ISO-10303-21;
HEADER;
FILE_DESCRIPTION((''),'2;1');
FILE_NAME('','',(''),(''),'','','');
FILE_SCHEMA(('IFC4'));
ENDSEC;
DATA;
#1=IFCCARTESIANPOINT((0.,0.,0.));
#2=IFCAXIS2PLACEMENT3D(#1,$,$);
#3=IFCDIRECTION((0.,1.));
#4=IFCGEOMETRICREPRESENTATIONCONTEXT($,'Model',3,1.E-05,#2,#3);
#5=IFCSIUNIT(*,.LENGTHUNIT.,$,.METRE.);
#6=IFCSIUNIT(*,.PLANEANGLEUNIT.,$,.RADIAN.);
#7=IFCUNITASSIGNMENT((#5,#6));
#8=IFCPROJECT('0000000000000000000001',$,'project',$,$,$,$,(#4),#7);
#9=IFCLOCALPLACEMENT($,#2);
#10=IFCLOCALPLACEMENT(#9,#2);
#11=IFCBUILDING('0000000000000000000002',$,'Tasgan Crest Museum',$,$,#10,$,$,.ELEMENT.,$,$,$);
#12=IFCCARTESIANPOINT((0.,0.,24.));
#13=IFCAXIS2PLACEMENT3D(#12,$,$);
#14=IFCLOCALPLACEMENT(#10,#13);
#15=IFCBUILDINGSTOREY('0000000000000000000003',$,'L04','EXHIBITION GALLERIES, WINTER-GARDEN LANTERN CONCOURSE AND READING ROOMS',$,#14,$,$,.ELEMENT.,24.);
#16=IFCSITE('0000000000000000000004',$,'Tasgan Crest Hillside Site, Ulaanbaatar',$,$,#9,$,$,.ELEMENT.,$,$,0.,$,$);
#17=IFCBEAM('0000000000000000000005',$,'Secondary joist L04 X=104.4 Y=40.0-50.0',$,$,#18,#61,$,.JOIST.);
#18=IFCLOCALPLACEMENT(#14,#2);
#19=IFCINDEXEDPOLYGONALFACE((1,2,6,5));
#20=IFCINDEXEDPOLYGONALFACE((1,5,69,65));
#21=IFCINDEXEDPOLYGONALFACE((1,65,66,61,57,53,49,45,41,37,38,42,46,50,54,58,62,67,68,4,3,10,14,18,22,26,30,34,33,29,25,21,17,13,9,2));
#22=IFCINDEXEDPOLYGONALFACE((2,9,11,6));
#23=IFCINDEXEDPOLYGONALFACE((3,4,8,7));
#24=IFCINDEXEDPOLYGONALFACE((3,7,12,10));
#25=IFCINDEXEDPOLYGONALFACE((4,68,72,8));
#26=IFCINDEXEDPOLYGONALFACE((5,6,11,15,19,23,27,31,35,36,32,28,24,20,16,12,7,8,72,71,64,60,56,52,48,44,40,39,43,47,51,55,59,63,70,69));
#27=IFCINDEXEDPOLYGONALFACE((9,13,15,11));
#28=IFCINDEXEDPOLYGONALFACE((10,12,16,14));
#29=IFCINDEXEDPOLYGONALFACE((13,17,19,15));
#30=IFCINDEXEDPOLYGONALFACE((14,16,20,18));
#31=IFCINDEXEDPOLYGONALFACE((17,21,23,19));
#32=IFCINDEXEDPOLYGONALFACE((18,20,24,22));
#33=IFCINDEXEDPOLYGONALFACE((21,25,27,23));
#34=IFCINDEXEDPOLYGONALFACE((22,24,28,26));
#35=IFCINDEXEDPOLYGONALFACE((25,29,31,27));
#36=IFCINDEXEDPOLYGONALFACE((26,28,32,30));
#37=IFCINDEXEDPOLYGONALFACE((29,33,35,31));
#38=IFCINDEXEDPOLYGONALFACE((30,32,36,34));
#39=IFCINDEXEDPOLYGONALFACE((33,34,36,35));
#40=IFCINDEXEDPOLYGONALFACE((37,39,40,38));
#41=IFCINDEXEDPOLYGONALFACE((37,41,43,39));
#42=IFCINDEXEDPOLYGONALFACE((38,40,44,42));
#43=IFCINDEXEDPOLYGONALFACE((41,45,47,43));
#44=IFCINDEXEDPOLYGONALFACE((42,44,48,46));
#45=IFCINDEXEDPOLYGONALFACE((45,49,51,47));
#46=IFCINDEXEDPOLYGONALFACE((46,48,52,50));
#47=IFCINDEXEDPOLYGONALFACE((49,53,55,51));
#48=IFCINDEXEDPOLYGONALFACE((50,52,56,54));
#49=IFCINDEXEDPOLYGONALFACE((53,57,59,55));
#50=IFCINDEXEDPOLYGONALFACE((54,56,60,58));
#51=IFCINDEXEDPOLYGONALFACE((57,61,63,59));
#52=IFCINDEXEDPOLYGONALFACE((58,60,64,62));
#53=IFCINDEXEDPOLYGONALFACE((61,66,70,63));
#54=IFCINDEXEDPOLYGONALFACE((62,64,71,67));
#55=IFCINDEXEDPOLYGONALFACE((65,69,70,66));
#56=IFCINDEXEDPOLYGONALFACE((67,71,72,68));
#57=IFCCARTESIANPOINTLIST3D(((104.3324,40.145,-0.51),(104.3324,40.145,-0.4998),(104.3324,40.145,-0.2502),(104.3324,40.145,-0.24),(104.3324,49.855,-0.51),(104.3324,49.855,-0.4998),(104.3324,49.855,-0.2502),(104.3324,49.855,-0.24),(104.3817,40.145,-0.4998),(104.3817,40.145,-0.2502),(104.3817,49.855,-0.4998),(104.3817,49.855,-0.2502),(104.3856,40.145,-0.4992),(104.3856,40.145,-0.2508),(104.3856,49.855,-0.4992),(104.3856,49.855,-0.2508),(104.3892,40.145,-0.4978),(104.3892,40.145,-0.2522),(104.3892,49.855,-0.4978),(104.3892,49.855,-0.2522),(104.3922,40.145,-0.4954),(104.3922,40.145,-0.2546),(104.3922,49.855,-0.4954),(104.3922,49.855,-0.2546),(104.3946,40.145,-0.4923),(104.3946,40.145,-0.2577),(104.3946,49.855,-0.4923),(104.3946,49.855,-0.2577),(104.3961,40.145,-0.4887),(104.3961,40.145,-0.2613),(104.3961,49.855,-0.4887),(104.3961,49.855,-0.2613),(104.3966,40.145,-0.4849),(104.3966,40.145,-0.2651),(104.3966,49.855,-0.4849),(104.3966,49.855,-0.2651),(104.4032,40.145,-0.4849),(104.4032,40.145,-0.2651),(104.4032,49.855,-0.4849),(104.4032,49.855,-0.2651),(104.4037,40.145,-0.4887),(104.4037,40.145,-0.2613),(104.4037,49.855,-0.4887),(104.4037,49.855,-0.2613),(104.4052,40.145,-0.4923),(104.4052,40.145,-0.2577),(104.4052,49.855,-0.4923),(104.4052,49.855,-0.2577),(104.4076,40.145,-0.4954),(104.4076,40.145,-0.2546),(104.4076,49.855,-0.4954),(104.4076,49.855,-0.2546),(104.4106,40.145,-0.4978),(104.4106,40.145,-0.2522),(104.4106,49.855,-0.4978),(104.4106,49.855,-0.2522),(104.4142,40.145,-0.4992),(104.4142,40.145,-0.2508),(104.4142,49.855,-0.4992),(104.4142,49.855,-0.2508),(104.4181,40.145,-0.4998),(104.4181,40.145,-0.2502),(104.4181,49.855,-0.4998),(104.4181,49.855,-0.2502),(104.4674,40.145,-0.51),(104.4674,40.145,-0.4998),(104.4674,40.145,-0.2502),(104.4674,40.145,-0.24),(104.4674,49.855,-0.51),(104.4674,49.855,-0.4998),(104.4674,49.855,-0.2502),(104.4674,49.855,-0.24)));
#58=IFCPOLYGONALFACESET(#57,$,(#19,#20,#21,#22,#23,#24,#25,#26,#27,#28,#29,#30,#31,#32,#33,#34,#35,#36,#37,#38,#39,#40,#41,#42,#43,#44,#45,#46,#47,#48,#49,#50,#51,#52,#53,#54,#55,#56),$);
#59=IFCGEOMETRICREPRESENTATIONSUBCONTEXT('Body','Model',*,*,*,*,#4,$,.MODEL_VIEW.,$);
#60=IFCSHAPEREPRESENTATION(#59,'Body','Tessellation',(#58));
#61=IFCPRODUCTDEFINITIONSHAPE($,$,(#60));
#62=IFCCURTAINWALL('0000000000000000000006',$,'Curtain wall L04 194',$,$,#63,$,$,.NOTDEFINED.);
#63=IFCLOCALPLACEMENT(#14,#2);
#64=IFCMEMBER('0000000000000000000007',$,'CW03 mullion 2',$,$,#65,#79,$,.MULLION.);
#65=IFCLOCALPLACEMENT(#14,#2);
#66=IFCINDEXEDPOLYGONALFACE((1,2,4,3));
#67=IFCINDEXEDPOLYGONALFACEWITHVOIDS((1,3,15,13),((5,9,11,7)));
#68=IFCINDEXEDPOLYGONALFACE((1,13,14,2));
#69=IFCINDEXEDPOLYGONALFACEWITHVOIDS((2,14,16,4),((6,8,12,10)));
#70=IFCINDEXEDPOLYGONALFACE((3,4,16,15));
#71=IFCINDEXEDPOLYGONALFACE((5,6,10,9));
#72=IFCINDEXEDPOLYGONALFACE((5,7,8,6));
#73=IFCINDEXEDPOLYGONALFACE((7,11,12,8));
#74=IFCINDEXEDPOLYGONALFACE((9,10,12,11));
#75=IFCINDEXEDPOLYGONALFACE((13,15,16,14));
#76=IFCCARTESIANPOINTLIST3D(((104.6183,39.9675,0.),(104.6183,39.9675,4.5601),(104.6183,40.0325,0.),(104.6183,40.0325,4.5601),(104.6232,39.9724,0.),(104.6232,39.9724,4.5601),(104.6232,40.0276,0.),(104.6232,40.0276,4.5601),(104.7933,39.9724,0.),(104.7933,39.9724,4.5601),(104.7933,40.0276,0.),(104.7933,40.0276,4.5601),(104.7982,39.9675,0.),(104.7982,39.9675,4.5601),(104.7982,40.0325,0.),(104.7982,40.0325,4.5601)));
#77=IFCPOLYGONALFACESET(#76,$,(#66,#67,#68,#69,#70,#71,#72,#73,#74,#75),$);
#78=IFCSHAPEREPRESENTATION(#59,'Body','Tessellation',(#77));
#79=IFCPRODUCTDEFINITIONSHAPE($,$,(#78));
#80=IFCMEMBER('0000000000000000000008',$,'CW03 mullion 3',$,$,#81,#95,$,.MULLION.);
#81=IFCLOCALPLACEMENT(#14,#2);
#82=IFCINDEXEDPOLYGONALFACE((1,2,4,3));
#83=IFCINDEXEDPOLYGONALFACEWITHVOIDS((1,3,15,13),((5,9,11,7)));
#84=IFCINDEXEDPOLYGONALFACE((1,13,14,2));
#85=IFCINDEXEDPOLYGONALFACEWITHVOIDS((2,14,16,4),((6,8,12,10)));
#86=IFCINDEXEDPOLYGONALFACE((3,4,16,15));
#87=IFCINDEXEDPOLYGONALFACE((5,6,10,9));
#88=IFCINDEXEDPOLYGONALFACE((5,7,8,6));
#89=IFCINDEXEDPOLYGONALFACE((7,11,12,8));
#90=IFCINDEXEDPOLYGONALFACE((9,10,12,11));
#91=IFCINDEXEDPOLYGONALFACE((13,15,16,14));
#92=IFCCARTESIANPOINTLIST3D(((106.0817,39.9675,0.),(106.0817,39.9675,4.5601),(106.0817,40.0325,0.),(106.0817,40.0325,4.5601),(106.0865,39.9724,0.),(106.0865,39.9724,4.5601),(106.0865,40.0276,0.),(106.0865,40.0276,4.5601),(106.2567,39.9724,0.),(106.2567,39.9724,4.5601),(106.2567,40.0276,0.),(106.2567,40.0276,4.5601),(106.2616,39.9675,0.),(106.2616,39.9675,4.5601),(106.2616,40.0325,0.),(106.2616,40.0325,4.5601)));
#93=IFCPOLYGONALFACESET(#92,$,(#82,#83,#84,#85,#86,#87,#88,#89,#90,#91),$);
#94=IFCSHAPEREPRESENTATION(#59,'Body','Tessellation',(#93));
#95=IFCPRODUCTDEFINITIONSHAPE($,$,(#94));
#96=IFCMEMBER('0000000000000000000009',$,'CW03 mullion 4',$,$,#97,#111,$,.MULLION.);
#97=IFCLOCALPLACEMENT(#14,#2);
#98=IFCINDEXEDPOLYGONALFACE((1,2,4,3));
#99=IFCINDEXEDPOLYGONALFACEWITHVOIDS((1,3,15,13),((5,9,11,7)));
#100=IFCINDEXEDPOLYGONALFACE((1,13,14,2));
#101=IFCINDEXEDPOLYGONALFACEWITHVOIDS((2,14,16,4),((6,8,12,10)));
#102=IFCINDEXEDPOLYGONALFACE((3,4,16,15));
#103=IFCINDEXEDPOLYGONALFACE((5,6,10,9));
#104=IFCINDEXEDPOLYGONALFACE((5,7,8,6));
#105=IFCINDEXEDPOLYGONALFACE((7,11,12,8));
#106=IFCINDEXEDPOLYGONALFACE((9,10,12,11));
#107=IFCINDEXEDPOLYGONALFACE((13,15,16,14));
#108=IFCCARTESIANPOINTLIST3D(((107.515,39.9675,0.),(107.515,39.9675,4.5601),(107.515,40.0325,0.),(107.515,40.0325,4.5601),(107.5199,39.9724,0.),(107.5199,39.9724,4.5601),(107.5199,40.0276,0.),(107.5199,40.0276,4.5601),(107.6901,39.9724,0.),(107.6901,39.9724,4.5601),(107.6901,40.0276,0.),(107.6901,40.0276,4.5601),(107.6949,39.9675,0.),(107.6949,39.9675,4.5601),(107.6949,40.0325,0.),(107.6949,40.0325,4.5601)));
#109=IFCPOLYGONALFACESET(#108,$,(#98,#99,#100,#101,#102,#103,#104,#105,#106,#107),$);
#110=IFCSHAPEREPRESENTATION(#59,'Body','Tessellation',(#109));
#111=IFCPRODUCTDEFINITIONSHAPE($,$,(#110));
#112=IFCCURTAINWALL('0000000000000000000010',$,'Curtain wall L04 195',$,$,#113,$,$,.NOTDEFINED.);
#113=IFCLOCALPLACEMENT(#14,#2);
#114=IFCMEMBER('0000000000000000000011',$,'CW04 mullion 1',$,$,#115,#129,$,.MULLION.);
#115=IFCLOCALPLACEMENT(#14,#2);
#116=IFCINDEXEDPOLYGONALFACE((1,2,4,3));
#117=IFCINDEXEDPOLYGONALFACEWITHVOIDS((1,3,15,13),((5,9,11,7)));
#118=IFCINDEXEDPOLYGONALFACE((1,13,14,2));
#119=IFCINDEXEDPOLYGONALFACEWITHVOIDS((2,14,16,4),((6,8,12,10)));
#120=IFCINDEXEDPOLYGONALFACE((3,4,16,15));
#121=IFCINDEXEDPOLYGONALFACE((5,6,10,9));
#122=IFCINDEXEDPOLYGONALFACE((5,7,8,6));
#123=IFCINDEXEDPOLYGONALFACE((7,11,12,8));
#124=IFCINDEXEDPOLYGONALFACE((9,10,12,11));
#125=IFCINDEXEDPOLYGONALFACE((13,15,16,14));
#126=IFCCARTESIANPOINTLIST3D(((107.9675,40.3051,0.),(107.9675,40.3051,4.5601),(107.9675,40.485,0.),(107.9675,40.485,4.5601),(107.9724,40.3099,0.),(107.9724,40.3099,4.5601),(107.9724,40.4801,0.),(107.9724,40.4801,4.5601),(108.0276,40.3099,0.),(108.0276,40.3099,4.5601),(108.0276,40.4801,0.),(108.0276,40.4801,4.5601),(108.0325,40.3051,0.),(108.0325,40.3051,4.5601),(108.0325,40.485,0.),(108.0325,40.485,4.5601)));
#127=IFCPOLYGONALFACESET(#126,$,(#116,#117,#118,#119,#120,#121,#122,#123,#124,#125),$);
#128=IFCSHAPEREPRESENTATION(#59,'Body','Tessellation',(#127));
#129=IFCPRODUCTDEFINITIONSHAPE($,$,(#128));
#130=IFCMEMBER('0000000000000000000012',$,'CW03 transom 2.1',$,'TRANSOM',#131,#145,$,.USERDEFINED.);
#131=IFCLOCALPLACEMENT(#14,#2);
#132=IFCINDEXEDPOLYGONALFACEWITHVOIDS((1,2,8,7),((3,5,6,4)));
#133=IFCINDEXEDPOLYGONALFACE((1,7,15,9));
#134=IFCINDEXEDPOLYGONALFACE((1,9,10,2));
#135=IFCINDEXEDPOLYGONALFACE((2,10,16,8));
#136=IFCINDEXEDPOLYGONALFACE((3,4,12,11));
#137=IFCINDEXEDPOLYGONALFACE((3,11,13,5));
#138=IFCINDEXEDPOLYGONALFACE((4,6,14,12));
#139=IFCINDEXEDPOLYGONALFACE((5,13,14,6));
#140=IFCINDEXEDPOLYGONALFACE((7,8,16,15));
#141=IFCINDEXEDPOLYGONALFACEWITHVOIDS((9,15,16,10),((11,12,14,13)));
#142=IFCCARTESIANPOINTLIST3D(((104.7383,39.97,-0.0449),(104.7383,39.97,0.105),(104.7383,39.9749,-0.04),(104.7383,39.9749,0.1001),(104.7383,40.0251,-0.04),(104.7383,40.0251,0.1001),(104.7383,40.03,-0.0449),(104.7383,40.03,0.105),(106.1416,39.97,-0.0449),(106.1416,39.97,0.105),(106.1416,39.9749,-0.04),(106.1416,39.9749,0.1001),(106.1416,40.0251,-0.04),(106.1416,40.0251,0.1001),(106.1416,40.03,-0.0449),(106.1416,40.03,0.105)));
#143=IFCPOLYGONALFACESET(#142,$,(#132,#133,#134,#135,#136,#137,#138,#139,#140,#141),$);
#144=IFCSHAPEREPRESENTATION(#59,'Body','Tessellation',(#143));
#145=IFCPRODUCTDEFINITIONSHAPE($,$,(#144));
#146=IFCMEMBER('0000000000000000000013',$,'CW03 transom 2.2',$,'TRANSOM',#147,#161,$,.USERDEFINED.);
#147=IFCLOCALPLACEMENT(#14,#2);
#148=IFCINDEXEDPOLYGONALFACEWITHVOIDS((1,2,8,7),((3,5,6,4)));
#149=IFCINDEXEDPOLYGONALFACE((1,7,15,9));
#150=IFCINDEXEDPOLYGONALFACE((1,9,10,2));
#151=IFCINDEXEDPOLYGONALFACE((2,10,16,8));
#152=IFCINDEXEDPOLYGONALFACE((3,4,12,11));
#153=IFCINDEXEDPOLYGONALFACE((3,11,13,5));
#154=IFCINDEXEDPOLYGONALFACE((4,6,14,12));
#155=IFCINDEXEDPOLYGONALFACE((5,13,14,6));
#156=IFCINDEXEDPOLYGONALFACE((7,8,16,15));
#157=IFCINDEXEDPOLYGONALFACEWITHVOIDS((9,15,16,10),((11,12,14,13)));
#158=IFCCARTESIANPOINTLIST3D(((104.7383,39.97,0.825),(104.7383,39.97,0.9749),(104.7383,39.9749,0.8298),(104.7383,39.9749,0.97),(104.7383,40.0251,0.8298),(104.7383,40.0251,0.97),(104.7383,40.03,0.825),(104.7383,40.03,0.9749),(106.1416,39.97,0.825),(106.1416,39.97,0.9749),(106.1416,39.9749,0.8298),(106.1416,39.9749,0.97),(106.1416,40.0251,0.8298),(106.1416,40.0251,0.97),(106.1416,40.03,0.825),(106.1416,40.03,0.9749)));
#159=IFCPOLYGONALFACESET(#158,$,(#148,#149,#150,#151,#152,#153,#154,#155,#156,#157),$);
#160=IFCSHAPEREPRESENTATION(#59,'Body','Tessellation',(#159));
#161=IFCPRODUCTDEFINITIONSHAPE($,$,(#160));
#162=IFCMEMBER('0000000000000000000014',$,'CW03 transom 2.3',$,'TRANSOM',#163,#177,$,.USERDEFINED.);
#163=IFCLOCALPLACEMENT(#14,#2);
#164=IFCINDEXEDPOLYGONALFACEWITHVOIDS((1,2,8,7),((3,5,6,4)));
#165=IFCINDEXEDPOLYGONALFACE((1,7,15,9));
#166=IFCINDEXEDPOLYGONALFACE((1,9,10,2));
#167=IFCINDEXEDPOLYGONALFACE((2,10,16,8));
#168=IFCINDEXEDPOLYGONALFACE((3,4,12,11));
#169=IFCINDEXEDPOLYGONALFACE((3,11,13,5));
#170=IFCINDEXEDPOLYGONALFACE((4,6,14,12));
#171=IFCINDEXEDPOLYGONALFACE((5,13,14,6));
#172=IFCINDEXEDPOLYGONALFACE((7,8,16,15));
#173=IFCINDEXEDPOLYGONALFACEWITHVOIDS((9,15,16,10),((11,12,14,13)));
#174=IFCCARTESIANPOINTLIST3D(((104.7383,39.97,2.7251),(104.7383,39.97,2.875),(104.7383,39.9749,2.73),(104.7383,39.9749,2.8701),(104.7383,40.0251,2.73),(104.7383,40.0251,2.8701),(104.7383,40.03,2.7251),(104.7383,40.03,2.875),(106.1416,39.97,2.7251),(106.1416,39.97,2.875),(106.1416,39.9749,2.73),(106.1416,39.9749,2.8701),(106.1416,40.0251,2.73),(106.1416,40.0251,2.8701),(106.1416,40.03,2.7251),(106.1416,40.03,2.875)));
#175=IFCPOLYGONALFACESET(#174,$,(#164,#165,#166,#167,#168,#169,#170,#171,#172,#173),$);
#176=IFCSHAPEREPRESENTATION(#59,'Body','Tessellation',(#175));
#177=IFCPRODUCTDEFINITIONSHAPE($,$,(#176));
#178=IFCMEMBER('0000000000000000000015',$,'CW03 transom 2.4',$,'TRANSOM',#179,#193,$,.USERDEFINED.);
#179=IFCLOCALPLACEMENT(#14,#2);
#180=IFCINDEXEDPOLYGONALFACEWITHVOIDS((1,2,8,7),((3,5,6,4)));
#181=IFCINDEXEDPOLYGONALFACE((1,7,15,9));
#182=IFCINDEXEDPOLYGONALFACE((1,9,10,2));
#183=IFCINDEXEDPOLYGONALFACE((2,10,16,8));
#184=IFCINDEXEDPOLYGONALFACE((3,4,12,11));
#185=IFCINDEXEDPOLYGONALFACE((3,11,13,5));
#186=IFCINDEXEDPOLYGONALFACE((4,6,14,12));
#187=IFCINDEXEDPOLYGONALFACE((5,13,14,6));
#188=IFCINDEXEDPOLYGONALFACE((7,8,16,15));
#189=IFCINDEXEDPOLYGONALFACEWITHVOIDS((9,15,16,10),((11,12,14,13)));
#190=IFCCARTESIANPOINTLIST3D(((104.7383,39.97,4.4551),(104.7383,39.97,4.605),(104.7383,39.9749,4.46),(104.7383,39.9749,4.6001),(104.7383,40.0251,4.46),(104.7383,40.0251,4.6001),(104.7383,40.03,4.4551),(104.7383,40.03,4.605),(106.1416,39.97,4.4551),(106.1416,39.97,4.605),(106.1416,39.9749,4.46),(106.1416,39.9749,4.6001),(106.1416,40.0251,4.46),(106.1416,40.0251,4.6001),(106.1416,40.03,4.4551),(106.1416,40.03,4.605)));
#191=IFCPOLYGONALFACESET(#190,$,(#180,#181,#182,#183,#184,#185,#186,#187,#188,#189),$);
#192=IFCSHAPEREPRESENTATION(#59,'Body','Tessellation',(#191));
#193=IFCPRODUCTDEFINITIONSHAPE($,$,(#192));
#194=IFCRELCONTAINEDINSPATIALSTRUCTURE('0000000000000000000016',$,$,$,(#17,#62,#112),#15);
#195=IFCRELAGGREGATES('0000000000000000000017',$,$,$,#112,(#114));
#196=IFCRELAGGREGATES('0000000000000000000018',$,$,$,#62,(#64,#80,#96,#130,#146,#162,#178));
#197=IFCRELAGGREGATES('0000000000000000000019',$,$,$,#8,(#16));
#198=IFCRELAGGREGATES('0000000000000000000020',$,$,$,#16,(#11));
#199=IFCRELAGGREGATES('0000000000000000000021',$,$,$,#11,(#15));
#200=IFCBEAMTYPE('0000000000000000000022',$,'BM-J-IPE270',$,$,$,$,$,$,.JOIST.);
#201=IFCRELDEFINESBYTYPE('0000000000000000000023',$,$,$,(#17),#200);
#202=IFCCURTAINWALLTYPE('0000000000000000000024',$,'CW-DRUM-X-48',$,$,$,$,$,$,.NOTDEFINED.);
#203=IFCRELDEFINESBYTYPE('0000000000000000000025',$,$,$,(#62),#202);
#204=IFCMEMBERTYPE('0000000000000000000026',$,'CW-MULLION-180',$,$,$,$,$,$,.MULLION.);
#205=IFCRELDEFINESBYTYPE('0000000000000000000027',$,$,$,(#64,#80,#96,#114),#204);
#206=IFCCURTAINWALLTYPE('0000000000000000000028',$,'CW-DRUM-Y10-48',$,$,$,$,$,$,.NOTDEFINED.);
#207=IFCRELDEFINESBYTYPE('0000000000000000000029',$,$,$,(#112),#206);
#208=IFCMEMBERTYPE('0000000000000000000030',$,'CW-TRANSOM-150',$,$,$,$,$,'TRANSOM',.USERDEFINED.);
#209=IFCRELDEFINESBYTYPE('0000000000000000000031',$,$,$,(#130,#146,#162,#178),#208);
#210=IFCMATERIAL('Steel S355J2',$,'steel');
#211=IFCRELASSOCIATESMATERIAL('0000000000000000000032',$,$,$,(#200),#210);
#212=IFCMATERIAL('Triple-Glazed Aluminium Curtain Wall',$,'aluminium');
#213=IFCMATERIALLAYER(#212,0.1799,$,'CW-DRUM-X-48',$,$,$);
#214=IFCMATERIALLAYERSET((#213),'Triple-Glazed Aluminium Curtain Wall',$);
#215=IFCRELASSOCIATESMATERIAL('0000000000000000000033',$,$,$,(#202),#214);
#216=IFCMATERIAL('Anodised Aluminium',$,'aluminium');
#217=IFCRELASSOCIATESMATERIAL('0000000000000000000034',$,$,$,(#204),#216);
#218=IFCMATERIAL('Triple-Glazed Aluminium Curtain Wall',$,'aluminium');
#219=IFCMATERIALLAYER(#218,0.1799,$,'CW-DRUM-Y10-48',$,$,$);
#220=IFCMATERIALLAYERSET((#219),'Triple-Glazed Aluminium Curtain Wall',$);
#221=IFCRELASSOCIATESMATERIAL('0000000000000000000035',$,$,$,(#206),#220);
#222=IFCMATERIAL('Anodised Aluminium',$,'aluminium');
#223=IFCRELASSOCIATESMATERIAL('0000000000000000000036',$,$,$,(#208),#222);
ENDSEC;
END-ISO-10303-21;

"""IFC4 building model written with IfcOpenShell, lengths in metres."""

from ifc_helpers import new_model, si_unit, direction, frame, origin, origin_2d, place, context, subcontext, project, spatial, hollow_rectangle, i_section, extrude, material, layer, layer_set, material_profile, profile_set, type_object, element, aggregate, save


model = new_model("IFC4")

# Units and contexts
model_context = context("Model", 3, precision=1e-05, world=origin(), true_north=direction((0.0, 1.0)))
body_context = subcontext(model_context, "Body", "Model", "MODEL_VIEW")
ifc_project = project(units=[si_unit("LENGTHUNIT", "METRE"), si_unit("PLANEANGLEUNIT", "RADIAN")], contexts=[model_context])

# Site, building, storey
site_placement = place(None, origin())
site = spatial("IfcSite", under=ifc_project, at=site_placement, Name="Tasgan Crest Hillside Site, Ulaanbaatar", CompositionType="ELEMENT", RefElevation=0.0)
building_placement = place(site_placement, origin())
building = spatial("IfcBuilding", under=site, at=building_placement, Name="Tasgan Crest Museum", CompositionType="ELEMENT")
storey_placement = place(building_placement, frame((0.0, 0.0, 24.0)))
storey = spatial("IfcBuildingStorey", under=building, at=storey_placement, Name="L04", Description="EXHIBITION GALLERIES, WINTER-GARDEN LANTERN CONCOURSE AND READING ROOMS", CompositionType="ELEMENT", Elevation=24.0)

# Beam
ifc_material_1 = material(Name="Steel S355J2", Category="steel")
ifc_material_profile_1 = material_profile(ifc_material_1, i_section(OverallWidth=0.135, OverallDepth=0.27, WebThickness=0.0066, FlangeThickness=0.0103, FilletRadius=0.0149, at=origin_2d()), Name="IPE 270")
ifc_profile_set_1 = profile_set([ifc_material_profile_1], Name="Steel S355J2")
beam_type_1 = type_object("IfcBeamType", Name="BM-J-IPE270", PredefinedType="JOIST", material=ifc_profile_set_1)
beam_1_placement = place(storey_placement, frame((104.3999, 40.145, -0.375), z_axis=(0.0, 1.0, 0.0), x_axis=(-1.0, 0.0, 0.0)))
element("IfcBeam", 1, at=beam_1_placement, inside=storey, type_object=beam_type_1, Name="Secondary joist L04 X=104.4 Y=40.0-50.0", PredefinedType="JOIST", context=body_context, shape_type="SweptSolid", body=[
    extrude(i_section(OverallWidth=0.135, OverallDepth=0.27, WebThickness=0.0066, FlangeThickness=0.0103, FilletRadius=0.0149, at=origin_2d()), origin(), (0.0, 0.0, 1.0), 9.71),
])

# Curtain wall, members
ifc_material_2 = material(Name="Triple-Glazed Aluminium Curtain Wall", Category="aluminium")
ifc_layer_1 = layer(ifc_material_2, 0.1799, Name="CW-DRUM-X-48")
ifc_layer_set_1 = layer_set([ifc_layer_1], Name="Triple-Glazed Aluminium Curtain Wall")
curtain_wall_type_1 = type_object("IfcCurtainWallType", Name="CW-DRUM-X-48", PredefinedType="NOTDEFINED", material=ifc_layer_set_1)
curtain_wall_1_placement = place(storey_placement, origin())
curtain_wall_1 = element("IfcCurtainWall", 2, at=curtain_wall_1_placement, inside=storey, type_object=curtain_wall_type_1, Name="Curtain wall L04 194", PredefinedType="NOTDEFINED")
ifc_material_3 = material(Name="Anodised Aluminium", Category="aluminium")
ifc_material_profile_2 = material_profile(ifc_material_3, hollow_rectangle(XDim=0.0649, YDim=0.1799, WallThickness=0.0049, at=origin_2d()), Name="ALU MULLION 180x65x5")
ifc_profile_set_2 = profile_set([ifc_material_profile_2], Name="Anodised Aluminium")
member_type_1 = type_object("IfcMemberType", Name="CW-MULLION-180", PredefinedType="MULLION", material=ifc_profile_set_2)
member_1_placement = place(storey_placement, frame((104.7083, 40.0, 0.0), z_axis=(0.0, 0.0, 1.0), x_axis=(0.0, 1.0, 0.0)))
member_1 = element("IfcMember", 3, at=member_1_placement, type_object=member_type_1, Name="CW03 mullion 2", PredefinedType="MULLION", context=body_context, shape_type="SweptSolid", body=[
    extrude(hollow_rectangle(XDim=0.0649, YDim=0.1799, WallThickness=0.0049, at=origin_2d()), origin(), (0.0, 0.0, 1.0), 4.5601),
])
member_2_placement = place(storey_placement, frame((106.1716, 40.0, 0.0), z_axis=(0.0, 0.0, 1.0), x_axis=(0.0, 1.0, 0.0)))
member_2 = element("IfcMember", 4, at=member_2_placement, type_object=member_type_1, Name="CW03 mullion 3", PredefinedType="MULLION", context=body_context, shape_type="SweptSolid", body=[
    extrude(hollow_rectangle(XDim=0.0649, YDim=0.1799, WallThickness=0.0049, at=origin_2d()), origin(), (0.0, 0.0, 1.0), 4.5601),
])
member_3_placement = place(storey_placement, frame((107.605, 40.0, 0.0), z_axis=(0.0, 0.0, 1.0), x_axis=(0.0, 1.0, 0.0)))
member_3 = element("IfcMember", 5, at=member_3_placement, type_object=member_type_1, Name="CW03 mullion 4", PredefinedType="MULLION", context=body_context, shape_type="SweptSolid", body=[
    extrude(hollow_rectangle(XDim=0.0649, YDim=0.1799, WallThickness=0.0049, at=origin_2d()), origin(), (0.0, 0.0, 1.0), 4.5601),
])

# Curtain wall, member
ifc_material_4 = material(Name="Triple-Glazed Aluminium Curtain Wall", Category="aluminium")
ifc_layer_2 = layer(ifc_material_4, 0.1799, Name="CW-DRUM-Y10-48")
ifc_layer_set_2 = layer_set([ifc_layer_2], Name="Triple-Glazed Aluminium Curtain Wall")
curtain_wall_type_2 = type_object("IfcCurtainWallType", Name="CW-DRUM-Y10-48", PredefinedType="NOTDEFINED", material=ifc_layer_set_2)
curtain_wall_2_placement = place(storey_placement, origin())
curtain_wall_2 = element("IfcCurtainWall", 6, at=curtain_wall_2_placement, inside=storey, type_object=curtain_wall_type_2, Name="Curtain wall L04 195", PredefinedType="NOTDEFINED")
member_4_placement = place(storey_placement, frame((108.0, 40.395, 0.0), z_axis=(0.0, 0.0, 1.0), x_axis=(-1.0, 0.0, 0.0)))
member_4 = element("IfcMember", 7, at=member_4_placement, type_object=member_type_1, Name="CW04 mullion 1", PredefinedType="MULLION", context=body_context, shape_type="SweptSolid", body=[
    extrude(hollow_rectangle(XDim=0.0649, YDim=0.1799, WallThickness=0.0049, at=origin_2d()), origin(), (0.0, 0.0, 1.0), 4.5601),
])

# Members
ifc_material_5 = material(Name="Anodised Aluminium", Category="aluminium")
ifc_material_profile_3 = material_profile(ifc_material_5, hollow_rectangle(XDim=0.0601, YDim=0.1499, WallThickness=0.0049, at=origin_2d()), Name="ALU TRANSOM 150x60x5")
ifc_profile_set_3 = profile_set([ifc_material_profile_3], Name="Anodised Aluminium")
member_type_2 = type_object("IfcMemberType", Name="CW-TRANSOM-150", ElementType="TRANSOM", PredefinedType="USERDEFINED", material=ifc_profile_set_3)
member_5_placement = place(storey_placement, frame((104.7383, 40.0, 0.03), z_axis=(1.0, 0.0, 0.0), x_axis=(0.0, 1.0, 0.0)))
member_5 = element("IfcMember", 8, at=member_5_placement, type_object=member_type_2, Name="CW03 transom 2.1", ObjectType="TRANSOM", PredefinedType="USERDEFINED", context=body_context, shape_type="SweptSolid", body=[
    extrude(hollow_rectangle(XDim=0.0601, YDim=0.1499, WallThickness=0.0049, at=origin_2d()), origin(), (0.0, 0.0, 1.0), 1.4033),
])
member_6_placement = place(storey_placement, frame((104.7383, 40.0, 0.8999), z_axis=(1.0, 0.0, 0.0), x_axis=(0.0, 1.0, 0.0)))
member_6 = element("IfcMember", 9, at=member_6_placement, type_object=member_type_2, Name="CW03 transom 2.2", ObjectType="TRANSOM", PredefinedType="USERDEFINED", context=body_context, shape_type="SweptSolid", body=[
    extrude(hollow_rectangle(XDim=0.0601, YDim=0.1499, WallThickness=0.0049, at=origin_2d()), origin(), (0.0, 0.0, 1.0), 1.4033),
])
member_7_placement = place(storey_placement, frame((104.7383, 40.0, 2.8), z_axis=(1.0, 0.0, 0.0), x_axis=(0.0, 1.0, 0.0)))
member_7 = element("IfcMember", 10, at=member_7_placement, type_object=member_type_2, Name="CW03 transom 2.3", ObjectType="TRANSOM", PredefinedType="USERDEFINED", context=body_context, shape_type="SweptSolid", body=[
    extrude(hollow_rectangle(XDim=0.0601, YDim=0.1499, WallThickness=0.0049, at=origin_2d()), origin(), (0.0, 0.0, 1.0), 1.4033),
])
member_8_placement = place(storey_placement, frame((104.7383, 40.0, 4.53), z_axis=(1.0, 0.0, 0.0), x_axis=(0.0, 1.0, 0.0)))
member_8 = element("IfcMember", 11, at=member_8_placement, type_object=member_type_2, Name="CW03 transom 2.4", ObjectType="TRANSOM", PredefinedType="USERDEFINED", context=body_context, shape_type="SweptSolid", body=[
    extrude(hollow_rectangle(XDim=0.0601, YDim=0.1499, WallThickness=0.0049, at=origin_2d()), origin(), (0.0, 0.0, 1.0), 1.4033),
])
aggregate(curtain_wall_2, [member_4])

aggregate(curtain_wall_1, [member_1, member_2, member_3, member_5, member_6, member_7, member_8])

save(model, "model.ifc")
